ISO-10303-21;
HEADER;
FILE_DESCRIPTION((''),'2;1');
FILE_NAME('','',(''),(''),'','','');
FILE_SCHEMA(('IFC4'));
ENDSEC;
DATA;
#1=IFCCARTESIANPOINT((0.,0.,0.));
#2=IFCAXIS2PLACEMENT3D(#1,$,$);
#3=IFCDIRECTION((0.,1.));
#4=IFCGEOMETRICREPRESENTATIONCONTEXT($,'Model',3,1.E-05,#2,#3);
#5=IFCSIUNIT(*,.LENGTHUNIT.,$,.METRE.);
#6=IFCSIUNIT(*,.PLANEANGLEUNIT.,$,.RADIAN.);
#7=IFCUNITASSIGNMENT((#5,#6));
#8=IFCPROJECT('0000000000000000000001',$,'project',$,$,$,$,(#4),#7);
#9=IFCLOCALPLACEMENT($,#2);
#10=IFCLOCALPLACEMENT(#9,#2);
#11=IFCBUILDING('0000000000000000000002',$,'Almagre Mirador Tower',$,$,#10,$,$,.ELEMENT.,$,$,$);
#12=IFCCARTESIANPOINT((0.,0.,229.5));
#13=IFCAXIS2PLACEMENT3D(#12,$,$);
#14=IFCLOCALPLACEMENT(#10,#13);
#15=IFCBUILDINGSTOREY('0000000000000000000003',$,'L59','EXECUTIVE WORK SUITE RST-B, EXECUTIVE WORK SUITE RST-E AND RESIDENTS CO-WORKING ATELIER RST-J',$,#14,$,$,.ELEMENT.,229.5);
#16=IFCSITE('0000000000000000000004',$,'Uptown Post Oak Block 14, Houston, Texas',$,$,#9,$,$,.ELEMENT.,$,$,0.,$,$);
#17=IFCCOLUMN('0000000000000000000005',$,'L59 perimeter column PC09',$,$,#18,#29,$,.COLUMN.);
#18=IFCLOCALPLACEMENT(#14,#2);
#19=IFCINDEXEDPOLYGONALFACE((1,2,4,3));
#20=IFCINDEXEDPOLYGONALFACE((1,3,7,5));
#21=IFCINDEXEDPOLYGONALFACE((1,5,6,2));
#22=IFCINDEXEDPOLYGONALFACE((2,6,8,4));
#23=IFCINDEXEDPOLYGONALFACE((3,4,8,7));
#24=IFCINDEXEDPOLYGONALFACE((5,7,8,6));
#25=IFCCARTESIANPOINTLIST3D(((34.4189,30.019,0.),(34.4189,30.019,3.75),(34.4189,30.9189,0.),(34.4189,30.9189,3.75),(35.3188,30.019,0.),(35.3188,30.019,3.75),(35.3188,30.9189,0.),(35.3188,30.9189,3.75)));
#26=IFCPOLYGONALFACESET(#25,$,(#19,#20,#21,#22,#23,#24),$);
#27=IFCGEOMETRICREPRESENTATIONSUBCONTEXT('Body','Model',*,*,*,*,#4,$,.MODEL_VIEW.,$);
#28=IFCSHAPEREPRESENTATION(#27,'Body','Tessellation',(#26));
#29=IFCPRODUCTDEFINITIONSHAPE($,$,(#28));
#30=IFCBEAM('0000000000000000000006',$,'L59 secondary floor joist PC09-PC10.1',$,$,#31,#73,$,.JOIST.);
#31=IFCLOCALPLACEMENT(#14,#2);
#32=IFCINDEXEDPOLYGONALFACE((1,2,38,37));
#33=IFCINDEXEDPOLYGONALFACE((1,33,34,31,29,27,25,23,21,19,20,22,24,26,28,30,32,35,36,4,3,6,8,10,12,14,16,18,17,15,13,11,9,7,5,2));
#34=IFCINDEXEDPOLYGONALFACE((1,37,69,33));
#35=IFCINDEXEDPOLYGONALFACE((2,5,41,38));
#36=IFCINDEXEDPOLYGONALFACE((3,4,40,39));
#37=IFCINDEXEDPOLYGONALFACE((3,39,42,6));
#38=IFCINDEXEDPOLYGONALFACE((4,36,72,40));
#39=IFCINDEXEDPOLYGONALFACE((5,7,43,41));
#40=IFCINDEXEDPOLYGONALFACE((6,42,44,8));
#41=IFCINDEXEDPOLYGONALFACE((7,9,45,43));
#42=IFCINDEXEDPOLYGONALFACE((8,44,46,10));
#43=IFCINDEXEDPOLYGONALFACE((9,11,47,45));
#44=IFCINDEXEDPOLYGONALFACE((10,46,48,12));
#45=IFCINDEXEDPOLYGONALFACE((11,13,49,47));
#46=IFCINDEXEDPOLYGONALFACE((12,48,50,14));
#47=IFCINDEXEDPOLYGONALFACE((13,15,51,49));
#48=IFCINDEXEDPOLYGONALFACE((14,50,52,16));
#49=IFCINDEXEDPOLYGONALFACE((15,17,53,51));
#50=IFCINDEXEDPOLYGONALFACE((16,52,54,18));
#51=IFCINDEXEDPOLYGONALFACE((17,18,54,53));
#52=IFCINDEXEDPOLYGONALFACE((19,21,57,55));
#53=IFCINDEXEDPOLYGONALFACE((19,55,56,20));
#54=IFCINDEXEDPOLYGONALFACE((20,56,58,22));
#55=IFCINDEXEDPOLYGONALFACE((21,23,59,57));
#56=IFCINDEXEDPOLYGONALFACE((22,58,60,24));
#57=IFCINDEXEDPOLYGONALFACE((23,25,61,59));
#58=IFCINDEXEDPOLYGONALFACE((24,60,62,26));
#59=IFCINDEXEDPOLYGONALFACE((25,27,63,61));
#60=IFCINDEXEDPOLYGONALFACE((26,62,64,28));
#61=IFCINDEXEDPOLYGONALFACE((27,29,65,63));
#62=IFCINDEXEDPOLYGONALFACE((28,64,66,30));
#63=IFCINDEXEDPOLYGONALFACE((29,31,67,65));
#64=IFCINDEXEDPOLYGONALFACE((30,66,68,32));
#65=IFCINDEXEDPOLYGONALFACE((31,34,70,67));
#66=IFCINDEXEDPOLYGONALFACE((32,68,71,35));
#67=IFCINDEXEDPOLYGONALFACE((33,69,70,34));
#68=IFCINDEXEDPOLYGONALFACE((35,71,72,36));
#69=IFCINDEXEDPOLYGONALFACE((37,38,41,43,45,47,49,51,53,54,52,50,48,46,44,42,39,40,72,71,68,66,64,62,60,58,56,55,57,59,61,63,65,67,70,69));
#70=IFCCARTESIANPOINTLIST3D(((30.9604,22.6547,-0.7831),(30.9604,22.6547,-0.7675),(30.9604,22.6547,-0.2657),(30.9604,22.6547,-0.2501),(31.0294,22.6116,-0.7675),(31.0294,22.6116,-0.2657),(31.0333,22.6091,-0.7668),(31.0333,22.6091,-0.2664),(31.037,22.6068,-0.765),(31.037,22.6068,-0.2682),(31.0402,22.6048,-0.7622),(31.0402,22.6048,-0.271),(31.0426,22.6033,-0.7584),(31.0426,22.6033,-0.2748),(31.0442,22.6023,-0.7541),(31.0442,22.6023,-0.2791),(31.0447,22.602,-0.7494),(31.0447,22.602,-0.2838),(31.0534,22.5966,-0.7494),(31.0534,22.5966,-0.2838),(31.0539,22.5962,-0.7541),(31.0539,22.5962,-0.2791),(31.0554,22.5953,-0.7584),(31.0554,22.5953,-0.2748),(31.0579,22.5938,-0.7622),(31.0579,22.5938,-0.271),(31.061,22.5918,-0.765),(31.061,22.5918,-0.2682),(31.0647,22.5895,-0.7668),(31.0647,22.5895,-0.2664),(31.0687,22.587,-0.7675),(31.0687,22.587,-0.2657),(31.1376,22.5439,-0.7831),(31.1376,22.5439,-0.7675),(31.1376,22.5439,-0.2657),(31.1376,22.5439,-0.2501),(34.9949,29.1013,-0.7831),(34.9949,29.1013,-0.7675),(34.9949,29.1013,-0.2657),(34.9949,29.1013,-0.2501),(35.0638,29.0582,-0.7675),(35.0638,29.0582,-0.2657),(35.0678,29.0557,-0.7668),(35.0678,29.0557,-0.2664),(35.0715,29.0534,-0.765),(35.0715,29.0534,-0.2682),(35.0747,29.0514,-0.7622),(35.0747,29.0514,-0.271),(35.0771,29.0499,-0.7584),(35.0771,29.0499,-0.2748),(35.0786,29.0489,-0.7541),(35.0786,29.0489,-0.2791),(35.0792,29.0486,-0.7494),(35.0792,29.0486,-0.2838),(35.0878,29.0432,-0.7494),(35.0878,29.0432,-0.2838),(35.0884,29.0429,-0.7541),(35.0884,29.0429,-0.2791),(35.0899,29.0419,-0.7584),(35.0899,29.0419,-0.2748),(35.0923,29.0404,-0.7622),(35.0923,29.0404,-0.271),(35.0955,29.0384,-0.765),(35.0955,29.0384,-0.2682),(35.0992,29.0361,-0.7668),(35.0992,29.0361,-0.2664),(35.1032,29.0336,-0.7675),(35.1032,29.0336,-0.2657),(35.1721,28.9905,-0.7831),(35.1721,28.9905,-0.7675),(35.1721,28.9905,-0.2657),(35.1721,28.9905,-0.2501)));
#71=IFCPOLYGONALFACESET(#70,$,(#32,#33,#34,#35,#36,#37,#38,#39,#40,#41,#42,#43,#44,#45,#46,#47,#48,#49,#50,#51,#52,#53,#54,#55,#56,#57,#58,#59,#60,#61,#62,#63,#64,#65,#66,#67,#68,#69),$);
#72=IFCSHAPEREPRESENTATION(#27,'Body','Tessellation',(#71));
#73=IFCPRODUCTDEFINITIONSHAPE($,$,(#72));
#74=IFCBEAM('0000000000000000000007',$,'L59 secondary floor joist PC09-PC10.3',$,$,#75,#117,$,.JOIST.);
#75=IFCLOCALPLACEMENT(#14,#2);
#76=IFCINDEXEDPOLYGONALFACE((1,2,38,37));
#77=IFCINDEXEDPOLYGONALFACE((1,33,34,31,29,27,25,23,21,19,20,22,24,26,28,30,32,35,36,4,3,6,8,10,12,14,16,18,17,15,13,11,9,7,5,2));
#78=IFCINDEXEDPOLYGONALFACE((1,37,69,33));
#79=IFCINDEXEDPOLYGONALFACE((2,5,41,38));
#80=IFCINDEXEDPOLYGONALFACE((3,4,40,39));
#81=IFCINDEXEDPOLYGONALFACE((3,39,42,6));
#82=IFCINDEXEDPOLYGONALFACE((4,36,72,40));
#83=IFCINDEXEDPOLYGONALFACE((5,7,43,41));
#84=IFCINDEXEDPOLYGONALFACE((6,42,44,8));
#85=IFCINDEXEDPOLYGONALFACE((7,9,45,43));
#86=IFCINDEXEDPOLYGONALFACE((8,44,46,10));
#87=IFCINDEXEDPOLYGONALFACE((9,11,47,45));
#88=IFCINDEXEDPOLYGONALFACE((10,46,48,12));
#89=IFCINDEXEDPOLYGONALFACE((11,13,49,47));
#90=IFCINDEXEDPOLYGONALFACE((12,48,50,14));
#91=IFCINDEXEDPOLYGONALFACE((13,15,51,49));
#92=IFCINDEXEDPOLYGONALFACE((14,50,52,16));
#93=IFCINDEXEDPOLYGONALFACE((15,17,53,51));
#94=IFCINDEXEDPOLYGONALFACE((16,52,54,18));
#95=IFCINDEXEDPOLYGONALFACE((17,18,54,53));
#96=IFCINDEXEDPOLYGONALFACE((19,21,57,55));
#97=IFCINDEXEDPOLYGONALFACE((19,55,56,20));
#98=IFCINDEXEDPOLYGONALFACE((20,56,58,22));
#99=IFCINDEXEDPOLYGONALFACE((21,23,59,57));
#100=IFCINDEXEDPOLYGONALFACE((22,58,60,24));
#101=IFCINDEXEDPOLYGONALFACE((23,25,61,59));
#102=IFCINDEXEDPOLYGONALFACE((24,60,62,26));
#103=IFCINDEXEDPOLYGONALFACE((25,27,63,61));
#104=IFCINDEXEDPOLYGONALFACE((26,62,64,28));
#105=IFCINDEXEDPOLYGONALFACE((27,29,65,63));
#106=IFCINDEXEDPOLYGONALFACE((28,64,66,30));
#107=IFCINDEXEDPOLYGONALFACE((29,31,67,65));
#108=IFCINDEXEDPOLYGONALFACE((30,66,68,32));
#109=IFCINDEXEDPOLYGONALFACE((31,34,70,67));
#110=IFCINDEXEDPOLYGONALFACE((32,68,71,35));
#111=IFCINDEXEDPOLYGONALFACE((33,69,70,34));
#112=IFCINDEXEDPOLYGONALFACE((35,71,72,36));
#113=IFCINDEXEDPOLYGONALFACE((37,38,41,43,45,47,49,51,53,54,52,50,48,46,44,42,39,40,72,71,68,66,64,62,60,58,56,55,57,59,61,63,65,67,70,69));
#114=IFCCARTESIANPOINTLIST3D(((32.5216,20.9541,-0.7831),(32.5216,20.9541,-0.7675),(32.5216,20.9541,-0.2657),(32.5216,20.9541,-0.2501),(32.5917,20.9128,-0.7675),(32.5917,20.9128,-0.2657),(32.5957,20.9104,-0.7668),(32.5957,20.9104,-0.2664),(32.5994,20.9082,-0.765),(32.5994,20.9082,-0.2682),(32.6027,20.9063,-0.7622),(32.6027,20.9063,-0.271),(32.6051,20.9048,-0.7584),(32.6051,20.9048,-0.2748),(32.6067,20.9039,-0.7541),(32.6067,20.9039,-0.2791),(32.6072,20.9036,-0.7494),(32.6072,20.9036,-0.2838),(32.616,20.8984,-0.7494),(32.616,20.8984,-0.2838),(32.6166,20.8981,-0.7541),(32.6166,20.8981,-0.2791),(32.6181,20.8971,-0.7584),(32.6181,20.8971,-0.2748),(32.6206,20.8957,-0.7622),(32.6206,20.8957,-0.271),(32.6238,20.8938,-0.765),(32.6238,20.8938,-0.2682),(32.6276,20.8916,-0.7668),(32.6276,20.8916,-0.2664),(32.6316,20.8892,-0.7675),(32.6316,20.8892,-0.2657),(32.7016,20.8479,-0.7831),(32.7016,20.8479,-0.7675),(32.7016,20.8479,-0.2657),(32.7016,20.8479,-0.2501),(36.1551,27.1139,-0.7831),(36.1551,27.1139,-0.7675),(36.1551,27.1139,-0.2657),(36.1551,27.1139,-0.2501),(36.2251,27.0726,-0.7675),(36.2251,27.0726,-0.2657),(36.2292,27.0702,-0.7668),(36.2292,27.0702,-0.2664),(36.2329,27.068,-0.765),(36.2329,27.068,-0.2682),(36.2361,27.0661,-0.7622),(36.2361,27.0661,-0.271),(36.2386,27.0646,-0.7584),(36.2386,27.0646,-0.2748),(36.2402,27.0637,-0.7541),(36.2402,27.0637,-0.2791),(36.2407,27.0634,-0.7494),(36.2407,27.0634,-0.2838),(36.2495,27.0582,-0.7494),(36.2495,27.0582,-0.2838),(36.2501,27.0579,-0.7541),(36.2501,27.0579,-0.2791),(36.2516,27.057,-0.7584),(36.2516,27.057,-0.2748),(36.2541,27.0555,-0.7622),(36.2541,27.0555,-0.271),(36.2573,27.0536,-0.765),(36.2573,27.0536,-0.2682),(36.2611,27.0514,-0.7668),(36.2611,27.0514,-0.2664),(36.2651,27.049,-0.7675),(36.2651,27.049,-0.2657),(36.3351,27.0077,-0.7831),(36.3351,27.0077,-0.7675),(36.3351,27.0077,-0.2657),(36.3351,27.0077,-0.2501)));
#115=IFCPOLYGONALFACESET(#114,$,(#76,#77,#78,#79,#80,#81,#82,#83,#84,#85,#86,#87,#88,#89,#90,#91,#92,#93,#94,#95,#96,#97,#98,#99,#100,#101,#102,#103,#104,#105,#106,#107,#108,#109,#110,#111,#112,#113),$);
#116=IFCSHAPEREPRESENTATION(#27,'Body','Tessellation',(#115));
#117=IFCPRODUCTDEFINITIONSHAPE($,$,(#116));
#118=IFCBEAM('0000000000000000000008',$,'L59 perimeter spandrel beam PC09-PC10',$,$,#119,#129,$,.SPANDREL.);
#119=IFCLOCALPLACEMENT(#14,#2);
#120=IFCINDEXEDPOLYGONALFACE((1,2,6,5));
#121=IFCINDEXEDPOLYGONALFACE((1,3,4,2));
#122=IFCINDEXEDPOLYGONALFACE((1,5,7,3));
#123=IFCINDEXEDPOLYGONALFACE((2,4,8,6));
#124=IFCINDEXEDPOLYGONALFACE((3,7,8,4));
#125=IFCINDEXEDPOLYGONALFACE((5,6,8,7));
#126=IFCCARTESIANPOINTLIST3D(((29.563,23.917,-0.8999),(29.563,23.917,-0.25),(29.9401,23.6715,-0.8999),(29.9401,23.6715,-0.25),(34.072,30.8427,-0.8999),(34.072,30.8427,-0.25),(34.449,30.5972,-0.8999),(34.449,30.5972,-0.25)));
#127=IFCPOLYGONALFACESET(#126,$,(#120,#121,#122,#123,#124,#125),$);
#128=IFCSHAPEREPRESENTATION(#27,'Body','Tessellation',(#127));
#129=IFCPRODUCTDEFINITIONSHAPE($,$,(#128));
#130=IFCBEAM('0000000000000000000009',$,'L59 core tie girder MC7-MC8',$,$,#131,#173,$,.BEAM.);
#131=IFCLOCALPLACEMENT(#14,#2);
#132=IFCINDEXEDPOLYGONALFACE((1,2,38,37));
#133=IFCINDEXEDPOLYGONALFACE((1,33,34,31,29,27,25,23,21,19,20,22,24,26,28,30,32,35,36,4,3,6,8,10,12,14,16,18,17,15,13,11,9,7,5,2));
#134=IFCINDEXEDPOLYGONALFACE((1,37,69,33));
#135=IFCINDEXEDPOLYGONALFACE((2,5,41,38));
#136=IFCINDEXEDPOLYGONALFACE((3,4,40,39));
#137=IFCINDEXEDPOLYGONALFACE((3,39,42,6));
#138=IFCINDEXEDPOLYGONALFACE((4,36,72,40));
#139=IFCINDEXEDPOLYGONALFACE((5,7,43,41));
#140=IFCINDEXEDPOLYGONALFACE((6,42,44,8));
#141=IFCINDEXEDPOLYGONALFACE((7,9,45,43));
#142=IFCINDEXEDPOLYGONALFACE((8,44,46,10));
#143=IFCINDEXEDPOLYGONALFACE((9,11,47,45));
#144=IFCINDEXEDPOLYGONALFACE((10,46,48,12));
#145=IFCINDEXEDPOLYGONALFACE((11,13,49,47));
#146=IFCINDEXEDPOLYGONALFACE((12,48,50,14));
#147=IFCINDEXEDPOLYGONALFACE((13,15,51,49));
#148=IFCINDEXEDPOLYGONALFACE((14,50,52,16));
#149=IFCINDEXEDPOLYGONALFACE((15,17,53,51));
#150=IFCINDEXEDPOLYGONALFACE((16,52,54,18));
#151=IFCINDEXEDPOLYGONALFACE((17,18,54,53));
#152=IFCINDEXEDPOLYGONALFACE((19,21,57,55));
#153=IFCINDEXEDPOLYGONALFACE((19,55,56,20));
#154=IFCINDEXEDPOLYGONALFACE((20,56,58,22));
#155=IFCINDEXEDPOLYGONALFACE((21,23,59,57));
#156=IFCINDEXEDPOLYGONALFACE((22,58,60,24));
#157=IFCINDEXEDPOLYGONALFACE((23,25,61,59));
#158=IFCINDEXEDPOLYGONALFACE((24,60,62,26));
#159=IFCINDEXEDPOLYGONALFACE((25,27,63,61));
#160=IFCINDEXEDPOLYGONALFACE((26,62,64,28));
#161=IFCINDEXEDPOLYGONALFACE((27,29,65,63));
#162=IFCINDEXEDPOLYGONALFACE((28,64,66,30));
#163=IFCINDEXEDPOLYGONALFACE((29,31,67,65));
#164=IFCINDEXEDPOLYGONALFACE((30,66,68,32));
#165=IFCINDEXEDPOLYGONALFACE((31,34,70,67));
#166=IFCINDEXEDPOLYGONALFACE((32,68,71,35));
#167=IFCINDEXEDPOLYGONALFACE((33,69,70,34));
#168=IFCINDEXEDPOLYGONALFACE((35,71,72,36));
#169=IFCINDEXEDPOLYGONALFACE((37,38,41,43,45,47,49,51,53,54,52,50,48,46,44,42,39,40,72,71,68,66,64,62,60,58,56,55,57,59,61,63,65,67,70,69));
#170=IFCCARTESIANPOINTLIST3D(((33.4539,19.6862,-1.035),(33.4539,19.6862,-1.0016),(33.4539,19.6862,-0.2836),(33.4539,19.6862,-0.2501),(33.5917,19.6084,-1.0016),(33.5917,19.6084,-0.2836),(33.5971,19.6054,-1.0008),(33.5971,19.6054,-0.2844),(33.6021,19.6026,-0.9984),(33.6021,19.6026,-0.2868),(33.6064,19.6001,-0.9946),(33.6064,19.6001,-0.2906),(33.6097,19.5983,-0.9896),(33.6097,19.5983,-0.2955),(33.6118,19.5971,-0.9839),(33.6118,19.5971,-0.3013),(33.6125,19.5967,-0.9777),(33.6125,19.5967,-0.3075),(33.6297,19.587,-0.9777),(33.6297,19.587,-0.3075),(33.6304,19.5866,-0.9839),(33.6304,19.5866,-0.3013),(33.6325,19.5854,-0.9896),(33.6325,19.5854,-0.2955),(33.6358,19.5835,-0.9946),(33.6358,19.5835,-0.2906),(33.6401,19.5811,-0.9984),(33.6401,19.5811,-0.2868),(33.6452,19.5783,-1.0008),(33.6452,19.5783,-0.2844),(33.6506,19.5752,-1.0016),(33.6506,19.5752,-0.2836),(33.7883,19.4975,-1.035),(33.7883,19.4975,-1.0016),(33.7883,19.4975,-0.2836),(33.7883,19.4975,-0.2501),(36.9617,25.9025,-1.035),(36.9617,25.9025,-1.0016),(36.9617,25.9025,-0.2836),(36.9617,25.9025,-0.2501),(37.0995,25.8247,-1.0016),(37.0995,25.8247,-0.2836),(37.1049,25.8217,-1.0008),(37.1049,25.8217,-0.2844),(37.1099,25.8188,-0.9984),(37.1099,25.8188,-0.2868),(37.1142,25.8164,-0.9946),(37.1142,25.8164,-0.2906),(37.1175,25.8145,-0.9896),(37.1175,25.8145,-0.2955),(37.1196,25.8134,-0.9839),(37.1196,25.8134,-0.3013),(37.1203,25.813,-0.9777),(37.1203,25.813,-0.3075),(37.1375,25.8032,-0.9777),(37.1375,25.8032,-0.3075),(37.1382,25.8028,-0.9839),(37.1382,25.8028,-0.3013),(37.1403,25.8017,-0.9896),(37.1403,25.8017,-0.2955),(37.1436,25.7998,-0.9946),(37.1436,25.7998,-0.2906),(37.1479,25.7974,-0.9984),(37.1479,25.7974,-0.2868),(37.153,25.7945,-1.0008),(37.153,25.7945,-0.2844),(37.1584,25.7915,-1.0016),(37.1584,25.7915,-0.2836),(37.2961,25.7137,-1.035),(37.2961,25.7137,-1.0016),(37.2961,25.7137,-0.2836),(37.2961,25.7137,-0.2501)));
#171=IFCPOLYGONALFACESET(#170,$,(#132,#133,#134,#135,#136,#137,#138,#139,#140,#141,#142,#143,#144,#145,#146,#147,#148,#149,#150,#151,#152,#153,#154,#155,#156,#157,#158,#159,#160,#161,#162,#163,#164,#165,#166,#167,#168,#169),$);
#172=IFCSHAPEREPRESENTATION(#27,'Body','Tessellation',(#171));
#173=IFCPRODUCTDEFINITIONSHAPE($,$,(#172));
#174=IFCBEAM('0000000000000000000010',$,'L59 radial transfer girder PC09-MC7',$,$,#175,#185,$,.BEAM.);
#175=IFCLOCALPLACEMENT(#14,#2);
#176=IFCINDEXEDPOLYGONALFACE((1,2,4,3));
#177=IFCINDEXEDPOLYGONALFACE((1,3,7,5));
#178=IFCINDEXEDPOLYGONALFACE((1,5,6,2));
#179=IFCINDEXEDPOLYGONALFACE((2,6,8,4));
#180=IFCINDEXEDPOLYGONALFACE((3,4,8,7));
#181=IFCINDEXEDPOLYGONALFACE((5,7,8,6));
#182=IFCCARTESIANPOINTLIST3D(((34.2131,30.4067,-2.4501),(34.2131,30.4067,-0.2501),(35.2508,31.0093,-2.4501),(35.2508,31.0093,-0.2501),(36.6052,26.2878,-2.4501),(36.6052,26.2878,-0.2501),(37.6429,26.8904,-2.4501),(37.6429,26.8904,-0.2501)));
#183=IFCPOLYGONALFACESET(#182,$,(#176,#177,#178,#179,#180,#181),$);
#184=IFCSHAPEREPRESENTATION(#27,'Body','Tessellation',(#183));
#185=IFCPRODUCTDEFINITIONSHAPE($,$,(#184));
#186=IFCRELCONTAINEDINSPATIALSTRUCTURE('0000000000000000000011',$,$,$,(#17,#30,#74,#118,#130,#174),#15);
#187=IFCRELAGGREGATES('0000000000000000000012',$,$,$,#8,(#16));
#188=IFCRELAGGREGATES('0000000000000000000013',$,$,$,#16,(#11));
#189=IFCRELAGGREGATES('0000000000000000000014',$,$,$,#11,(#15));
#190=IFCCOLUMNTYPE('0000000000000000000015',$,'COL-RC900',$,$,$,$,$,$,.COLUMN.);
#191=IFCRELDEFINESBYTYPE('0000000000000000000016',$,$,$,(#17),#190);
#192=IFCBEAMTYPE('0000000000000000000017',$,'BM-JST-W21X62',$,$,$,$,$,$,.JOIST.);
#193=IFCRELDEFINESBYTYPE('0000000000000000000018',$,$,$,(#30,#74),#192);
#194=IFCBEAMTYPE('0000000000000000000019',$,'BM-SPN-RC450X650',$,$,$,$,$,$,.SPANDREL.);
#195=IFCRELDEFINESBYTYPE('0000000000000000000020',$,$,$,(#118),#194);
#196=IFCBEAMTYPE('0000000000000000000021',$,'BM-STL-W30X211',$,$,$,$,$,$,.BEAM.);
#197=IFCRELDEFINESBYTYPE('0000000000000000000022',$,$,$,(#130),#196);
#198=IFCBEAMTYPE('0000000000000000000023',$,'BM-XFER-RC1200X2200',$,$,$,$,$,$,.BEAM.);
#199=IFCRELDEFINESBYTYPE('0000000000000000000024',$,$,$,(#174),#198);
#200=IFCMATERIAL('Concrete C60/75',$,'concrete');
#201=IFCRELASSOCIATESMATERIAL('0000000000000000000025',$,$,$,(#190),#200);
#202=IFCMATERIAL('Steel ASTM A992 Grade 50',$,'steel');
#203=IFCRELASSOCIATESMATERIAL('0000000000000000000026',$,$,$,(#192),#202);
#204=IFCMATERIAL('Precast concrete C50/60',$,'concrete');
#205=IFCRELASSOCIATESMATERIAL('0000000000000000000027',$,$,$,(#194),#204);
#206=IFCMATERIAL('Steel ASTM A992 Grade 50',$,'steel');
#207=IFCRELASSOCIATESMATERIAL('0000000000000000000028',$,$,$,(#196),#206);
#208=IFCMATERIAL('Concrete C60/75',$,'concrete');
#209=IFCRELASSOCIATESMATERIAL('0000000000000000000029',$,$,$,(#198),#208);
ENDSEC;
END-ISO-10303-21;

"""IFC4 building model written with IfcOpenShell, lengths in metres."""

from ifc_helpers import new_model, si_unit, direction, frame, origin, origin_2d, place, context, subcontext, project, spatial, rectangle, i_section, extrude, material, material_profile, profile_set, type_object, element, save


model = new_model("IFC4")

# Units and contexts
model_context = context("Model", 3, precision=1e-05, world=origin(), true_north=direction((0.0, 1.0)))
body_context = subcontext(model_context, "Body", "Model", "MODEL_VIEW")
ifc_project = project(units=[si_unit("LENGTHUNIT", "METRE"), si_unit("PLANEANGLEUNIT", "RADIAN")], contexts=[model_context])

# Site, building, storey
site_placement = place(None, origin())
site = spatial("IfcSite", under=ifc_project, at=site_placement, Name="Uptown Post Oak Block 14, Houston, Texas", CompositionType="ELEMENT", RefElevation=0.0)
building_placement = place(site_placement, origin())
building = spatial("IfcBuilding", under=site, at=building_placement, Name="Almagre Mirador Tower", CompositionType="ELEMENT")
storey_placement = place(building_placement, frame((0.0, 0.0, 229.5)))
storey = spatial("IfcBuildingStorey", under=building, at=storey_placement, Name="L59", Description="EXECUTIVE WORK SUITE RST-B, EXECUTIVE WORK SUITE RST-E AND RESIDENTS CO-WORKING ATELIER RST-J", CompositionType="ELEMENT", Elevation=229.5)

# Column
ifc_material_1 = material(Name="Concrete C60/75", Category="concrete")
ifc_material_profile_1 = material_profile(ifc_material_1, rectangle(XDim=0.8999, YDim=0.8999, at=origin_2d()), Name="RC900X900")
ifc_profile_set_1 = profile_set([ifc_material_profile_1], Name="Concrete C60/75")
column_type = type_object("IfcColumnType", Name="COL-RC900", PredefinedType="COLUMN", material=ifc_profile_set_1)
column_placement = place(storey_placement, frame((34.8689, 30.469, 0.0), z_axis=(0.0, 0.0, 1.0), x_axis=(1.0, 0.0, 0.0)))
element("IfcColumn", 1, at=column_placement, inside=storey, type_object=column_type, Name="L59 perimeter column PC09", PredefinedType="COLUMN", context=body_context, shape_type="SweptSolid", body=[
    extrude(rectangle(XDim=0.8999, YDim=0.8999, at=origin_2d()), origin(), (0.0, 0.0, 1.0), 3.75),
])

# Beams
ifc_material_2 = material(Name="Steel ASTM A992 Grade 50", Category="steel")
ifc_material_profile_2 = material_profile(ifc_material_2, i_section(OverallWidth=0.209, OverallDepth=0.533, WebThickness=0.0103, FlangeThickness=0.0156, FilletRadius=0.0181, at=origin_2d()), Name="W21X62")
ifc_profile_set_2 = profile_set([ifc_material_profile_2], Name="Steel ASTM A992 Grade 50")
beam_type_1 = type_object("IfcBeamType", Name="BM-JST-W21X62", PredefinedType="JOIST", material=ifc_profile_set_2)
beam_1_placement = place(storey_placement, frame((35.0835, 29.0459, -0.5166), z_axis=(-0.530504, -0.847683, 0.0), x_axis=(0.847683, -0.530504, 0.0)))
element("IfcBeam", 2, at=beam_1_placement, inside=storey, type_object=beam_type_1, Name="L59 secondary floor joist PC09-PC10.1", PredefinedType="JOIST", context=body_context, shape_type="SweptSolid", body=[
    extrude(i_section(OverallWidth=0.209, OverallDepth=0.533, WebThickness=0.0103, FlangeThickness=0.0156, FilletRadius=0.0181, at=origin_2d()), origin(), (0.0, 0.0, 1.0), 7.605),
])
beam_2_placement = place(storey_placement, frame((36.2451, 27.0608, -0.5166), z_axis=(-0.508066, -0.861318, 0.0), x_axis=(0.861318, -0.508066, 0.0)))
element("IfcBeam", 3, at=beam_2_placement, inside=storey, type_object=beam_type_1, Name="L59 secondary floor joist PC09-PC10.3", PredefinedType="JOIST", context=body_context, shape_type="SweptSolid", body=[
    extrude(i_section(OverallWidth=0.209, OverallDepth=0.533, WebThickness=0.0103, FlangeThickness=0.0156, FilletRadius=0.0181, at=origin_2d()), origin(), (0.0, 0.0, 1.0), 7.1516),
])
ifc_material_3 = material(Name="Precast concrete C50/60", Category="concrete")
ifc_material_profile_3 = material_profile(ifc_material_3, rectangle(XDim=0.45, YDim=0.6499, at=origin_2d()), Name="RC450X650")
ifc_profile_set_3 = profile_set([ifc_material_profile_3], Name="Precast concrete C50/60")
beam_type_2 = type_object("IfcBeamType", Name="BM-SPN-RC450X650", PredefinedType="SPANDREL", material=ifc_profile_set_3)
beam_3_placement = place(storey_placement, frame((34.2605, 30.72, -0.575), z_axis=(-0.545607, -0.838041, 0.0), x_axis=(0.838041, -0.545607, 0.0)))
element("IfcBeam", 4, at=beam_3_placement, inside=storey, type_object=beam_type_2, Name="L59 perimeter spandrel beam PC09-PC10", PredefinedType="SPANDREL", context=body_context, shape_type="SweptSolid", body=[
    extrude(rectangle(XDim=0.45, YDim=0.6499, at=origin_2d()), origin(), (0.0, 0.0, 1.0), 8.2642),
])
ifc_material_4 = material(Name="Steel ASTM A992 Grade 50", Category="steel")
ifc_material_profile_4 = material_profile(ifc_material_4, i_section(OverallWidth=0.384, OverallDepth=0.7849, WebThickness=0.0198, FlangeThickness=0.0334, FilletRadius=0.0239, at=origin_2d()), Name="W30X211")
ifc_profile_set_4 = profile_set([ifc_material_profile_4], Name="Steel ASTM A992 Grade 50")
beam_type_3 = type_object("IfcBeamType", Name="BM-STL-W30X211", PredefinedType="BEAM", material=ifc_profile_set_4)
beam_4_placement = place(storey_placement, frame((37.1289, 25.8081, -0.6426), z_axis=(-0.491446, -0.870908, 0.0), x_axis=(0.870908, -0.491446, 0.0)))
element("IfcBeam", 5, at=beam_4_placement, inside=storey, type_object=beam_type_3, Name="L59 core tie girder MC7-MC8", PredefinedType="BEAM", context=body_context, shape_type="SweptSolid", body=[
    extrude(i_section(OverallWidth=0.384, OverallDepth=0.7849, WebThickness=0.0198, FlangeThickness=0.0334, FilletRadius=0.0239, at=origin_2d()), origin(), (0.0, 0.0, 1.0), 7.1377),
])
ifc_material_5 = material(Name="Concrete C60/75", Category="concrete")
ifc_material_profile_5 = material_profile(ifc_material_5, rectangle(XDim=1.2, YDim=2.2, at=origin_2d()), Name="RC1200X2200")
ifc_profile_set_5 = profile_set([ifc_material_profile_5], Name="Concrete C60/75")
beam_type_4 = type_object("IfcBeamType", Name="BM-XFER-RC1200X2200", PredefinedType="BEAM", material=ifc_profile_set_5)
beam_5_placement = place(storey_placement, frame((34.7319, 30.708, -1.3501), z_axis=(0.50221, -0.864746, 0.0), x_axis=(0.864746, 0.50221, 0.0)))
element("IfcBeam", 6, at=beam_5_placement, inside=storey, type_object=beam_type_4, Name="L59 radial transfer girder PC09-MC7", PredefinedType="BEAM", context=body_context, shape_type="SweptSolid", body=[
    extrude(rectangle(XDim=1.2, YDim=2.2, at=origin_2d()), origin(), (0.0, 0.0, 1.0), 4.7632),
])

save(model, "model.ifc")
